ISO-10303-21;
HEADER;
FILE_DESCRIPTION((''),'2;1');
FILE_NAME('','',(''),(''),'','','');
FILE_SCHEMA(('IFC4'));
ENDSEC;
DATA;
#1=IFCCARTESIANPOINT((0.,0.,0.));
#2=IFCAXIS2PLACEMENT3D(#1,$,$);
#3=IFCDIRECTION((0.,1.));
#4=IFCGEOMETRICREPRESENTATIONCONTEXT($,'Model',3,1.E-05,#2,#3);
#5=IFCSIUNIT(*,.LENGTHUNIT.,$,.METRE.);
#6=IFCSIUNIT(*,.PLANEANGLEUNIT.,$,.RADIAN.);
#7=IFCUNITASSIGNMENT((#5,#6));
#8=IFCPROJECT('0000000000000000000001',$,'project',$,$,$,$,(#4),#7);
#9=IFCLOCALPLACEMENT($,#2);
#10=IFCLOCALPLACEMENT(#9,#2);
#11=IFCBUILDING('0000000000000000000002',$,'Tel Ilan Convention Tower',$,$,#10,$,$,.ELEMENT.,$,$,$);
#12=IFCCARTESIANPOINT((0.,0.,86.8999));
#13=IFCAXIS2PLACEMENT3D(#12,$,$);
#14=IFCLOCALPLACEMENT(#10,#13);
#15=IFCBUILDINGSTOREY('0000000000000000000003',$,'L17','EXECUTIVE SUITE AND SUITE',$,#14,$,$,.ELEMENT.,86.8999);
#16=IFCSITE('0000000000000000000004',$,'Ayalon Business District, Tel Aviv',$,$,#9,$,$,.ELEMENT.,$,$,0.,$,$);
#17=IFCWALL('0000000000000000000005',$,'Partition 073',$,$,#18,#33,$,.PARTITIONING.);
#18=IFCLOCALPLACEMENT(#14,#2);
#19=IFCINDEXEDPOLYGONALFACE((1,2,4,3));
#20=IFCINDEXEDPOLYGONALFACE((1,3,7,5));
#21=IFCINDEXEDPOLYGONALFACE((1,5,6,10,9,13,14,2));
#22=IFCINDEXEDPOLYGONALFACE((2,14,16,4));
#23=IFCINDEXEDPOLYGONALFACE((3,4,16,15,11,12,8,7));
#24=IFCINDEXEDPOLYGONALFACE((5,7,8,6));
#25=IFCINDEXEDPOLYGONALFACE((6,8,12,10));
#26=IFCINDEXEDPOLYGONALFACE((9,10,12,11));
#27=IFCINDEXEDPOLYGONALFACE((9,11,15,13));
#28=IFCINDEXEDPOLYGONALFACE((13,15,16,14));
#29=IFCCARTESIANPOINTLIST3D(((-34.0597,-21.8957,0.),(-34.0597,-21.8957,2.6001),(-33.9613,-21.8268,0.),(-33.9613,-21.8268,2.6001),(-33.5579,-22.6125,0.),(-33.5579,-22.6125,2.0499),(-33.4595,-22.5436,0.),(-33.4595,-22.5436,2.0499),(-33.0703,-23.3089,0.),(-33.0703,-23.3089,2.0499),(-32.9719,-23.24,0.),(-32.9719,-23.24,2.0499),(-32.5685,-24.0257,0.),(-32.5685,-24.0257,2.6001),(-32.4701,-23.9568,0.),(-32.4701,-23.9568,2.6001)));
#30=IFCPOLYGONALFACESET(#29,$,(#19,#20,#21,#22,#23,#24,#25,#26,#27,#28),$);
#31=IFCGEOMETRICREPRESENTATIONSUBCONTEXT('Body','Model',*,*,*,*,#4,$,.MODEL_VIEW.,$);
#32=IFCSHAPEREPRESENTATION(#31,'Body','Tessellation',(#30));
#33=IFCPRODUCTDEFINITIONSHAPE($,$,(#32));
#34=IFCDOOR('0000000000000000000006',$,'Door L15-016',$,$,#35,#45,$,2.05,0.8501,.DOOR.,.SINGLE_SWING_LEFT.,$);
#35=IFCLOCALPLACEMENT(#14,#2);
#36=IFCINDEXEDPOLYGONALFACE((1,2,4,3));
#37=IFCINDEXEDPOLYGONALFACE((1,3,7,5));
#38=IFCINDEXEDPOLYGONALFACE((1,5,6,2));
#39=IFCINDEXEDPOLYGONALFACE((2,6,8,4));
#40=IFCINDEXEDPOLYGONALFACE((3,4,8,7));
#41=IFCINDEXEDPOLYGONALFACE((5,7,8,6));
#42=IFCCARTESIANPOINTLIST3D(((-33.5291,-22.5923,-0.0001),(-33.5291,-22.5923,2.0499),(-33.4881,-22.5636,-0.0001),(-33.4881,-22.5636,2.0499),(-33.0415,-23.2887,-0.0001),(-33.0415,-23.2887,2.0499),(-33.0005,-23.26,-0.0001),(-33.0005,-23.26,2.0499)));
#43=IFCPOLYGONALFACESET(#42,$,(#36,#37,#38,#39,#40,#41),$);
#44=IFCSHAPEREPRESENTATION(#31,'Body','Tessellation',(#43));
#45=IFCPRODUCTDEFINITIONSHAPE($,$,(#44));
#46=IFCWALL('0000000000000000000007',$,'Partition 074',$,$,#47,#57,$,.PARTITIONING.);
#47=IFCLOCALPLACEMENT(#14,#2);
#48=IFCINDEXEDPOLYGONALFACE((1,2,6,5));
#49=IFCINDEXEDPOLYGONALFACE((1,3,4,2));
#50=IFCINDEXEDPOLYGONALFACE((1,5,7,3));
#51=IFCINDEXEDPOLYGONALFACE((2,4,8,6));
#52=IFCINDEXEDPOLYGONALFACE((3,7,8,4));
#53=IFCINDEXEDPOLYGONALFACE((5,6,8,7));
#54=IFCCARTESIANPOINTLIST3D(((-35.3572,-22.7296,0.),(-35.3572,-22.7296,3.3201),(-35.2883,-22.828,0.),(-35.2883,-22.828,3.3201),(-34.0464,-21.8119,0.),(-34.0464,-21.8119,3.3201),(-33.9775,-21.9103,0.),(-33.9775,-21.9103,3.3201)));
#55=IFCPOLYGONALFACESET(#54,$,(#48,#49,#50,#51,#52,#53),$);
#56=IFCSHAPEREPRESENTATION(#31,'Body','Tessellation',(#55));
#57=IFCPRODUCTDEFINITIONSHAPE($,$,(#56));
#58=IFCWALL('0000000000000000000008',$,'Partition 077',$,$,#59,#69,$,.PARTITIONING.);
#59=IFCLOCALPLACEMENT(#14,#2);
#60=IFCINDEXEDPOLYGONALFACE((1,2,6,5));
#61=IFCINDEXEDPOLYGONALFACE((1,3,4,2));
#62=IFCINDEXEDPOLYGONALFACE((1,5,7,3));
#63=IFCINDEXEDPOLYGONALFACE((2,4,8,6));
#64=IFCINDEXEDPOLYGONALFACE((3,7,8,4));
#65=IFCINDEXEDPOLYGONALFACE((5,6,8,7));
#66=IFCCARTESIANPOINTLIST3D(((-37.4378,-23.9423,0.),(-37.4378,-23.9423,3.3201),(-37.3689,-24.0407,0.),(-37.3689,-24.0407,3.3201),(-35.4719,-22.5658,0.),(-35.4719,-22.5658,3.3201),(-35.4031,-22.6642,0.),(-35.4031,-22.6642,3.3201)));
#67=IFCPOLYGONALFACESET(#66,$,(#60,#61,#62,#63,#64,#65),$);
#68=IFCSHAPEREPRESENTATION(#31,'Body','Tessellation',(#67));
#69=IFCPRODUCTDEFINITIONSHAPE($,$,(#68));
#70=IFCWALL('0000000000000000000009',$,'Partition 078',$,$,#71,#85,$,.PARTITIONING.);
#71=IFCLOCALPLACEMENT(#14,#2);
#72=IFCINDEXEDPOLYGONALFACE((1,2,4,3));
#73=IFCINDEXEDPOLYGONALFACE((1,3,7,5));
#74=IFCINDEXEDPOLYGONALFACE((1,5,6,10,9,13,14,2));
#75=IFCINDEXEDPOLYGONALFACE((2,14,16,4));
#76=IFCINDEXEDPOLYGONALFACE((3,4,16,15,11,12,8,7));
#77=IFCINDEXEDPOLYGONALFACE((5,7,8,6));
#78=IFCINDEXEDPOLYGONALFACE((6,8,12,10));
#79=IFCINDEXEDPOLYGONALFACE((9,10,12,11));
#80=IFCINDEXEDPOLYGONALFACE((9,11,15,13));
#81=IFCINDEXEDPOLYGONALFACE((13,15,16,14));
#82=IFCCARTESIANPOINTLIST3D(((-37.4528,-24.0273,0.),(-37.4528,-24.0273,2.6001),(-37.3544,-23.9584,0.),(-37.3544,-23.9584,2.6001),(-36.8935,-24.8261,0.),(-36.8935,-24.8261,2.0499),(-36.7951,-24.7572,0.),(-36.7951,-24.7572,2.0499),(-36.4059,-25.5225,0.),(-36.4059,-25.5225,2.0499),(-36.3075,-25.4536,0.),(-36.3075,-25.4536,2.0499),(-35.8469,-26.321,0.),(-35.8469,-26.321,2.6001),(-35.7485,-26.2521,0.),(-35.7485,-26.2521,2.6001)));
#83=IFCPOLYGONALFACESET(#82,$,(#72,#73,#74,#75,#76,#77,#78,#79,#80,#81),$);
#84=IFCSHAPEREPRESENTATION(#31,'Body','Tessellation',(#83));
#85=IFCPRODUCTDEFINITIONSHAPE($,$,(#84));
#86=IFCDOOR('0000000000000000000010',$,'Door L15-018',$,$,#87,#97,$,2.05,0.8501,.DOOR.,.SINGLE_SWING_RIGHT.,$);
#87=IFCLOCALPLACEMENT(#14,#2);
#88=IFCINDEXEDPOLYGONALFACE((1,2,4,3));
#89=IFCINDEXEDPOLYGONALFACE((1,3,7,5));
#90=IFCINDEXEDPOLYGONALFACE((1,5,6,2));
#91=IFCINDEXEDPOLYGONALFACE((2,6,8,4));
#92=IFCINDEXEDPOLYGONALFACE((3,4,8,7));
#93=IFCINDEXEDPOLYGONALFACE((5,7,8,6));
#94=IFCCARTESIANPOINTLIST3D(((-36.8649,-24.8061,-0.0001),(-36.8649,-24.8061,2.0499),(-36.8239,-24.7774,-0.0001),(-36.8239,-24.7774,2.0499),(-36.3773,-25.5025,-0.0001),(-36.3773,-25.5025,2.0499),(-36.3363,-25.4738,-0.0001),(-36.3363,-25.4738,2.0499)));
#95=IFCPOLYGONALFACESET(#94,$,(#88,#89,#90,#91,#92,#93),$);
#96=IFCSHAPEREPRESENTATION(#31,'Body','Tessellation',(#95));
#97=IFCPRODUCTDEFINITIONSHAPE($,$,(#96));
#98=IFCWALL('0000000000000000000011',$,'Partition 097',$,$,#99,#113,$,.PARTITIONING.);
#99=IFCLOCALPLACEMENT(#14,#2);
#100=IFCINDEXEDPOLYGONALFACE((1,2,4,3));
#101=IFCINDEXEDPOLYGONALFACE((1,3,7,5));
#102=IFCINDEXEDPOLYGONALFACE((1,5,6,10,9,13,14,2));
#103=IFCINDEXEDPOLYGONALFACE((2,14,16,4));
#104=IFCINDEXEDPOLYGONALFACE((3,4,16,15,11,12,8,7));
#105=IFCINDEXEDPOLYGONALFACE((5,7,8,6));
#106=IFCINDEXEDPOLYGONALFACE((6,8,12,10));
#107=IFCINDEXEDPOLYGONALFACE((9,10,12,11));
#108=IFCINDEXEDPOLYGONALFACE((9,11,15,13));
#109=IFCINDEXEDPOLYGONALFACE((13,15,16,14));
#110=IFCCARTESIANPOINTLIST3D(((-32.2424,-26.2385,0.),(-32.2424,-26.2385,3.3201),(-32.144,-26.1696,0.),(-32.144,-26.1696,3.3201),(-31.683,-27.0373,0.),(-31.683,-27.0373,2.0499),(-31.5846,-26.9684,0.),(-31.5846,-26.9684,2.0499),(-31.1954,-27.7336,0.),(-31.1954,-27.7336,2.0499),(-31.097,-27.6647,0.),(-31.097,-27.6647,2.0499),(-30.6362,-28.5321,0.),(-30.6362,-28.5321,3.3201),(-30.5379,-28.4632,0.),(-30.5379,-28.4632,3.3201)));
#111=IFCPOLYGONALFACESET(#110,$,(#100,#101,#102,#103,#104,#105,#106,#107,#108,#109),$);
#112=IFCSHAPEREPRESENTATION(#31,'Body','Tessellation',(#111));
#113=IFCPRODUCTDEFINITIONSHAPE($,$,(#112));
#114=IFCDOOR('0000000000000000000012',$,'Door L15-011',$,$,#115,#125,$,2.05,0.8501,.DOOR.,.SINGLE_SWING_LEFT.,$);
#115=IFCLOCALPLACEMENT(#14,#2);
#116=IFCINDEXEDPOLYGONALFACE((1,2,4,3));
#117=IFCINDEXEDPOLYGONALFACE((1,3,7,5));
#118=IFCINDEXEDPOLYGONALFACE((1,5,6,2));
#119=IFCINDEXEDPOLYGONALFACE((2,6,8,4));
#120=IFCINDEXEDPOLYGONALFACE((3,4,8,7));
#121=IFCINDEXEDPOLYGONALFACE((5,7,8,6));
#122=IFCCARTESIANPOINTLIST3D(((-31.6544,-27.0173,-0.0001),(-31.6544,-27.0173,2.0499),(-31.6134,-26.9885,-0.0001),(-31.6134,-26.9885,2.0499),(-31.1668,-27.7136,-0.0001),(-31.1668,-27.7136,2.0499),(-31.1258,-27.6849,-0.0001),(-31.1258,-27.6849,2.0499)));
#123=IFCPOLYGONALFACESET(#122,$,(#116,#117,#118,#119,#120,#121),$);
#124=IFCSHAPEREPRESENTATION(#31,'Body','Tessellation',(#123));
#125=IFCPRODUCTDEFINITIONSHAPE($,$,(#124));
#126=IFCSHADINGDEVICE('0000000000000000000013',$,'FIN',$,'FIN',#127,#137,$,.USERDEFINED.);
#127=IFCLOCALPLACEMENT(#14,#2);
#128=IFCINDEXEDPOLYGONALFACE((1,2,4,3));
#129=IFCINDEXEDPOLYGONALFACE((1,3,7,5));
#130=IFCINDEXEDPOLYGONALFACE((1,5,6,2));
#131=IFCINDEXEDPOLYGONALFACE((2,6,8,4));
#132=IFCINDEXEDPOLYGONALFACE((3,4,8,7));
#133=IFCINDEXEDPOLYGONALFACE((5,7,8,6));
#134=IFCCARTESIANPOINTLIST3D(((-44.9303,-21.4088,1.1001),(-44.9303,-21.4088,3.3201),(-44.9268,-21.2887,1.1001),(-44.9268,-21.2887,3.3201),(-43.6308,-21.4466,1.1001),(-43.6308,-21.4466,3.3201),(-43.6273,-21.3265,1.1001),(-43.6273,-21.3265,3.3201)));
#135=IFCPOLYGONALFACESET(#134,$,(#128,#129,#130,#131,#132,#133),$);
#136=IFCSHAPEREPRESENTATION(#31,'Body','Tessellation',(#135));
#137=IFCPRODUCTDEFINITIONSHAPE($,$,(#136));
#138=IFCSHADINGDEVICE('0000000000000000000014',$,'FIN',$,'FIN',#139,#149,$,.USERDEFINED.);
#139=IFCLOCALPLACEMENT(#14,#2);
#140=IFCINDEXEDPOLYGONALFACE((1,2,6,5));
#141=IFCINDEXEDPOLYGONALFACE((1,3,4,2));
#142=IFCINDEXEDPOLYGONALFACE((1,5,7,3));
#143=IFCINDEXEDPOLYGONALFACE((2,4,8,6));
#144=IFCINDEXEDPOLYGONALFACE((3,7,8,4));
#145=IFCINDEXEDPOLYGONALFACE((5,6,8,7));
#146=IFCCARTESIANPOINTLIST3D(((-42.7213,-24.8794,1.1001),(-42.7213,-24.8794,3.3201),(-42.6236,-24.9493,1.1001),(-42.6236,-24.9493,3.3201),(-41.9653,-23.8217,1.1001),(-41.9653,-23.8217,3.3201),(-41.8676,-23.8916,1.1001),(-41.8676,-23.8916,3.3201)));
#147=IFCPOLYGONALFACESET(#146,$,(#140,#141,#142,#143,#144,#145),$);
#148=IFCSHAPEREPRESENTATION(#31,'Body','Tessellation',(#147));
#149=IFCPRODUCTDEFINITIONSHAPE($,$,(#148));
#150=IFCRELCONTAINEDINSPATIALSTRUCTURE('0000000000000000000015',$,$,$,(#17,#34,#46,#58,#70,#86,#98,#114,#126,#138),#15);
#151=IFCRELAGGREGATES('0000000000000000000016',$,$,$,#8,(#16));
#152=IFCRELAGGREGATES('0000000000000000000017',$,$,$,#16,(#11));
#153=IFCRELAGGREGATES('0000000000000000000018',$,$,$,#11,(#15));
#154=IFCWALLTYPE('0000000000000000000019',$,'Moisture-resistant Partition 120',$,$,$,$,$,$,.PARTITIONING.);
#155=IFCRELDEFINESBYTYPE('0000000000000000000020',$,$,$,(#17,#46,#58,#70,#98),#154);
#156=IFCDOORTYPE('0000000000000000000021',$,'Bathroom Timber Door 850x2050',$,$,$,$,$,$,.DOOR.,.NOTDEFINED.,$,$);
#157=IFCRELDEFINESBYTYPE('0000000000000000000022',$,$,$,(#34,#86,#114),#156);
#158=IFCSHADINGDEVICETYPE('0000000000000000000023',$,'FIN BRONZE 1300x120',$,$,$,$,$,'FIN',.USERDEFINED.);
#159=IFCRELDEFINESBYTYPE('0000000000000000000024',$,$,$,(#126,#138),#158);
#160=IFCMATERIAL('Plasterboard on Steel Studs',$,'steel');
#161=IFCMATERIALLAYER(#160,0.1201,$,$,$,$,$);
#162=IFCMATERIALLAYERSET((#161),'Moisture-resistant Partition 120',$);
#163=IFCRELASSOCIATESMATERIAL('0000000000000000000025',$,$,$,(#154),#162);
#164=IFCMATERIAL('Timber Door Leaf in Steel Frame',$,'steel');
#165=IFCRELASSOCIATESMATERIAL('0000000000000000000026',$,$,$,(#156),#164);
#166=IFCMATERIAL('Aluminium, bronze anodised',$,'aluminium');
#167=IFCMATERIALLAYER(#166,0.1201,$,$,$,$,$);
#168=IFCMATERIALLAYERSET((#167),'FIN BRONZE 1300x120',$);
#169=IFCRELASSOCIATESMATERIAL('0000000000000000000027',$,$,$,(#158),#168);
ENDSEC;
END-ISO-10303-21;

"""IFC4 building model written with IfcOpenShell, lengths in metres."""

from ifc_helpers import new_model, si_unit, direction, frame, frame_2d, origin, origin_2d, place, context, subcontext, project, spatial, rectangle, extrude, material, layer, layer_set, type_object, element, fill, save


model = new_model("IFC4")

# Units and contexts
model_context = context("Model", 3, precision=1e-05, world=origin(), true_north=direction((0.0, 1.0)))
body_context = subcontext(model_context, "Body", "Model", "MODEL_VIEW")
ifc_project = project(units=[si_unit("LENGTHUNIT", "METRE"), si_unit("PLANEANGLEUNIT", "RADIAN")], contexts=[model_context])

# Site, building, storey
site_placement = place(None, origin())
site = spatial("IfcSite", under=ifc_project, at=site_placement, Name="Ayalon Business District, Tel Aviv", CompositionType="ELEMENT", RefElevation=0.0)
building_placement = place(site_placement, origin())
building = spatial("IfcBuilding", under=site, at=building_placement, Name="Tel Ilan Convention Tower", CompositionType="ELEMENT")
storey_placement = place(building_placement, frame((0.0, 0.0, 86.8999)))
storey = spatial("IfcBuildingStorey", under=building, at=storey_placement, Name="L17", Description="EXECUTIVE SUITE AND SUITE", CompositionType="ELEMENT", Elevation=86.8999)

# Wall, opening, door
ifc_material_1 = material(Name="Plasterboard on Steel Studs", Category="steel")
ifc_layer_1 = layer(ifc_material_1, 0.1201)
ifc_layer_set_1 = layer_set([ifc_layer_1], Name="Moisture-resistant Partition 120")
wall_type_1 = type_object("IfcWallType", Name="Moisture-resistant Partition 120", PredefinedType="PARTITIONING", material=ifc_layer_set_1)
wall_1_placement = place(storey_placement, frame((-32.5193, -23.9912, 0.0), z_axis=(0.0, 0.0, 1.0), x_axis=(-0.573538, 0.819179, 0.0)))
wall_1 = element("IfcWall", 1, at=wall_1_placement, inside=storey, type_object=wall_type_1, Name="Partition 073", PredefinedType="PARTITIONING", context=body_context, shape_type="SweptSolid", body=[
    extrude(rectangle(XDim=2.6001, YDim=0.1201, at=frame_2d((1.3, 0.0))), origin(), (0.0, 0.0, 1.0), 2.6001),
])
opening_1_placement = place(wall_1_placement, frame((0.875, 0.0, 0.0)))
opening_1 = element("IfcOpeningElement", 2, at=opening_1_placement, cuts=wall_1, PredefinedType="OPENING", context=body_context, shape_type="SweptSolid", body=[
    extrude(rectangle(XDim=0.8501, YDim=2.05, at=frame_2d((0.425, 1.0249))), frame((0.0, 0.0701, 0.0), z_axis=(0.0, -1.0, 0.0), x_axis=(1.0, 0.0, 0.0)), (0.0, 0.0, 1.0), 0.1401),
])
ifc_material_2 = material(Name="Timber Door Leaf in Steel Frame", Category="steel")
door_type_1 = type_object("IfcDoorType", Name="Bathroom Timber Door 850x2050", OperationType="NOTDEFINED", PredefinedType="DOOR", material=ifc_material_2)
door_1_placement = place(opening_1_placement, origin())
door_1 = element("IfcDoor", 3, at=door_1_placement, inside=storey, type_object=door_type_1, Name="Door L15-016", OperationType="SINGLE_SWING_LEFT", OverallHeight=2.05, OverallWidth=0.8501, PredefinedType="DOOR", context=body_context, shape_type="SweptSolid", body=[
    extrude(rectangle(XDim=0.8501, YDim=2.05, at=frame_2d((0.425, 1.0249))), frame((0.0, 0.0249, 0.0), z_axis=(0.0, -1.0, 0.0), x_axis=(1.0, 0.0, 0.0)), (0.0, 0.0, 1.0), 0.05),
])
fill(opening_1, door_1)

# Walls
wall_2_placement = place(storey_placement, frame((-34.012, -21.8611, 0.0), z_axis=(0.0, 0.0, 1.0), x_axis=(-0.819182, -0.573534, 0.0)))
element("IfcWall", 4, at=wall_2_placement, inside=storey, type_object=wall_type_1, Name="Partition 074", PredefinedType="PARTITIONING", context=body_context, shape_type="SweptSolid", body=[
    extrude(rectangle(XDim=1.6001, YDim=0.1201, at=frame_2d((0.8, 0.0))), origin(), (0.0, 0.0, 1.0), 3.3201),
])
wall_3_placement = place(storey_placement, frame((-35.4375, -22.615, 0.0), z_axis=(0.0, 0.0, 1.0), x_axis=(-0.819155, -0.573572, 0.0)))
element("IfcWall", 5, at=wall_3_placement, inside=storey, type_object=wall_type_1, Name="Partition 077", PredefinedType="PARTITIONING", context=body_context, shape_type="SweptSolid", body=[
    extrude(rectangle(XDim=2.3999, YDim=0.1201, at=frame_2d((1.2, 0.0))), origin(), (0.0, 0.0, 1.0), 3.3201),
])

# Walls, openings, doors
wall_4_placement = place(storey_placement, frame((-37.4036, -23.9929, 0.0), z_axis=(0.0, 0.0, 1.0), x_axis=(0.57355, -0.81917, 0.0)))
wall_4 = element("IfcWall", 6, at=wall_4_placement, inside=storey, type_object=wall_type_1, Name="Partition 078", PredefinedType="PARTITIONING", context=body_context, shape_type="SweptSolid", body=[
    extrude(rectangle(XDim=2.8, YDim=0.1201, at=frame_2d((1.3999, 0.0))), origin(), (0.0, 0.0, 1.0), 2.6001),
])
opening_2_placement = place(wall_4_placement, frame((0.9751, 0.0, 0.0)))
opening_2 = element("IfcOpeningElement", 7, at=opening_2_placement, cuts=wall_4, PredefinedType="OPENING", context=body_context, shape_type="SweptSolid", body=[
    extrude(rectangle(XDim=0.8501, YDim=2.05, at=frame_2d((0.425, 1.0249))), frame((0.0, 0.0701, 0.0), z_axis=(0.0, -1.0, 0.0), x_axis=(1.0, 0.0, 0.0)), (0.0, 0.0, 1.0), 0.1401),
])
door_2_placement = place(opening_2_placement, origin())
door_2 = element("IfcDoor", 8, at=door_2_placement, inside=storey, type_object=door_type_1, Name="Door L15-018", OperationType="SINGLE_SWING_RIGHT", OverallHeight=2.05, OverallWidth=0.8501, PredefinedType="DOOR", context=body_context, shape_type="SweptSolid", body=[
    extrude(rectangle(XDim=0.8501, YDim=2.05, at=frame_2d((0.425, 1.0249))), frame((0.0, 0.0249, 0.0), z_axis=(0.0, -1.0, 0.0), x_axis=(1.0, 0.0, 0.0)), (0.0, 0.0, 1.0), 0.05),
])
fill(opening_2, door_2)
wall_5_placement = place(storey_placement, frame((-32.1931, -26.2041, 0.0), z_axis=(0.0, 0.0, 1.0), x_axis=(0.573609, -0.81913, 0.0)))
wall_5 = element("IfcWall", 9, at=wall_5_placement, inside=storey, type_object=wall_type_1, Name="Partition 097", PredefinedType="PARTITIONING", context=body_context, shape_type="SweptSolid", body=[
    extrude(rectangle(XDim=2.8, YDim=0.1201, at=frame_2d((1.3999, 0.0))), origin(), (0.0, 0.0, 1.0), 3.3201),
])
opening_3_placement = place(wall_5_placement, frame((0.9751, 0.0, 0.0)))
opening_3 = element("IfcOpeningElement", 10, at=opening_3_placement, cuts=wall_5, PredefinedType="OPENING", context=body_context, shape_type="SweptSolid", body=[
    extrude(rectangle(XDim=0.8501, YDim=2.05, at=frame_2d((0.425, 1.0249))), frame((0.0, 0.0701, 0.0), z_axis=(0.0, -1.0, 0.0), x_axis=(1.0, 0.0, 0.0)), (0.0, 0.0, 1.0), 0.1401),
])
door_3_placement = place(opening_3_placement, origin())
door_3 = element("IfcDoor", 11, at=door_3_placement, inside=storey, type_object=door_type_1, Name="Door L15-011", OperationType="SINGLE_SWING_LEFT", OverallHeight=2.05, OverallWidth=0.8501, PredefinedType="DOOR", context=body_context, shape_type="SweptSolid", body=[
    extrude(rectangle(XDim=0.8501, YDim=2.05, at=frame_2d((0.425, 1.0249))), frame((0.0, 0.0249, 0.0), z_axis=(0.0, -1.0, 0.0), x_axis=(1.0, 0.0, 0.0)), (0.0, 0.0, 1.0), 0.05),
])
fill(opening_3, door_3)

# Shading devices
ifc_material_3 = material(Name="Aluminium, bronze anodised", Category="aluminium")
ifc_layer_2 = layer(ifc_material_3, 0.1201)
ifc_layer_set_2 = layer_set([ifc_layer_2], Name="FIN BRONZE 1300x120")
shading_device_type = type_object("IfcShadingDeviceType", Name="FIN BRONZE 1300x120", ElementType="FIN", PredefinedType="USERDEFINED", material=ifc_layer_set_2)
for number, where, z_axis, x_axis, name in (
    (12, (-44.2788, -21.3677, 1.1001), (0.0, 0.0, 1.0), (-0.999577, 0.029085, 0.0), "FIN"),
    (13, (-42.2944, -24.3855, 1.1001), (0.0, 0.0, 1.0), (-0.581492, -0.813552, 0.0), "FIN"),
):
    element("IfcShadingDevice", number, at=place(storey_placement, frame(where, z_axis=z_axis, x_axis=x_axis)), inside=storey, type_object=shading_device_type, Name=name, ObjectType="FIN", PredefinedType="USERDEFINED", context=body_context, shape_type="SweptSolid", body=[
        extrude(rectangle(XDim=1.3, YDim=0.1201, at=origin_2d()), origin(), (0.0, 0.0, 1.0), 2.22),
    ])

save(model, "model.ifc")
